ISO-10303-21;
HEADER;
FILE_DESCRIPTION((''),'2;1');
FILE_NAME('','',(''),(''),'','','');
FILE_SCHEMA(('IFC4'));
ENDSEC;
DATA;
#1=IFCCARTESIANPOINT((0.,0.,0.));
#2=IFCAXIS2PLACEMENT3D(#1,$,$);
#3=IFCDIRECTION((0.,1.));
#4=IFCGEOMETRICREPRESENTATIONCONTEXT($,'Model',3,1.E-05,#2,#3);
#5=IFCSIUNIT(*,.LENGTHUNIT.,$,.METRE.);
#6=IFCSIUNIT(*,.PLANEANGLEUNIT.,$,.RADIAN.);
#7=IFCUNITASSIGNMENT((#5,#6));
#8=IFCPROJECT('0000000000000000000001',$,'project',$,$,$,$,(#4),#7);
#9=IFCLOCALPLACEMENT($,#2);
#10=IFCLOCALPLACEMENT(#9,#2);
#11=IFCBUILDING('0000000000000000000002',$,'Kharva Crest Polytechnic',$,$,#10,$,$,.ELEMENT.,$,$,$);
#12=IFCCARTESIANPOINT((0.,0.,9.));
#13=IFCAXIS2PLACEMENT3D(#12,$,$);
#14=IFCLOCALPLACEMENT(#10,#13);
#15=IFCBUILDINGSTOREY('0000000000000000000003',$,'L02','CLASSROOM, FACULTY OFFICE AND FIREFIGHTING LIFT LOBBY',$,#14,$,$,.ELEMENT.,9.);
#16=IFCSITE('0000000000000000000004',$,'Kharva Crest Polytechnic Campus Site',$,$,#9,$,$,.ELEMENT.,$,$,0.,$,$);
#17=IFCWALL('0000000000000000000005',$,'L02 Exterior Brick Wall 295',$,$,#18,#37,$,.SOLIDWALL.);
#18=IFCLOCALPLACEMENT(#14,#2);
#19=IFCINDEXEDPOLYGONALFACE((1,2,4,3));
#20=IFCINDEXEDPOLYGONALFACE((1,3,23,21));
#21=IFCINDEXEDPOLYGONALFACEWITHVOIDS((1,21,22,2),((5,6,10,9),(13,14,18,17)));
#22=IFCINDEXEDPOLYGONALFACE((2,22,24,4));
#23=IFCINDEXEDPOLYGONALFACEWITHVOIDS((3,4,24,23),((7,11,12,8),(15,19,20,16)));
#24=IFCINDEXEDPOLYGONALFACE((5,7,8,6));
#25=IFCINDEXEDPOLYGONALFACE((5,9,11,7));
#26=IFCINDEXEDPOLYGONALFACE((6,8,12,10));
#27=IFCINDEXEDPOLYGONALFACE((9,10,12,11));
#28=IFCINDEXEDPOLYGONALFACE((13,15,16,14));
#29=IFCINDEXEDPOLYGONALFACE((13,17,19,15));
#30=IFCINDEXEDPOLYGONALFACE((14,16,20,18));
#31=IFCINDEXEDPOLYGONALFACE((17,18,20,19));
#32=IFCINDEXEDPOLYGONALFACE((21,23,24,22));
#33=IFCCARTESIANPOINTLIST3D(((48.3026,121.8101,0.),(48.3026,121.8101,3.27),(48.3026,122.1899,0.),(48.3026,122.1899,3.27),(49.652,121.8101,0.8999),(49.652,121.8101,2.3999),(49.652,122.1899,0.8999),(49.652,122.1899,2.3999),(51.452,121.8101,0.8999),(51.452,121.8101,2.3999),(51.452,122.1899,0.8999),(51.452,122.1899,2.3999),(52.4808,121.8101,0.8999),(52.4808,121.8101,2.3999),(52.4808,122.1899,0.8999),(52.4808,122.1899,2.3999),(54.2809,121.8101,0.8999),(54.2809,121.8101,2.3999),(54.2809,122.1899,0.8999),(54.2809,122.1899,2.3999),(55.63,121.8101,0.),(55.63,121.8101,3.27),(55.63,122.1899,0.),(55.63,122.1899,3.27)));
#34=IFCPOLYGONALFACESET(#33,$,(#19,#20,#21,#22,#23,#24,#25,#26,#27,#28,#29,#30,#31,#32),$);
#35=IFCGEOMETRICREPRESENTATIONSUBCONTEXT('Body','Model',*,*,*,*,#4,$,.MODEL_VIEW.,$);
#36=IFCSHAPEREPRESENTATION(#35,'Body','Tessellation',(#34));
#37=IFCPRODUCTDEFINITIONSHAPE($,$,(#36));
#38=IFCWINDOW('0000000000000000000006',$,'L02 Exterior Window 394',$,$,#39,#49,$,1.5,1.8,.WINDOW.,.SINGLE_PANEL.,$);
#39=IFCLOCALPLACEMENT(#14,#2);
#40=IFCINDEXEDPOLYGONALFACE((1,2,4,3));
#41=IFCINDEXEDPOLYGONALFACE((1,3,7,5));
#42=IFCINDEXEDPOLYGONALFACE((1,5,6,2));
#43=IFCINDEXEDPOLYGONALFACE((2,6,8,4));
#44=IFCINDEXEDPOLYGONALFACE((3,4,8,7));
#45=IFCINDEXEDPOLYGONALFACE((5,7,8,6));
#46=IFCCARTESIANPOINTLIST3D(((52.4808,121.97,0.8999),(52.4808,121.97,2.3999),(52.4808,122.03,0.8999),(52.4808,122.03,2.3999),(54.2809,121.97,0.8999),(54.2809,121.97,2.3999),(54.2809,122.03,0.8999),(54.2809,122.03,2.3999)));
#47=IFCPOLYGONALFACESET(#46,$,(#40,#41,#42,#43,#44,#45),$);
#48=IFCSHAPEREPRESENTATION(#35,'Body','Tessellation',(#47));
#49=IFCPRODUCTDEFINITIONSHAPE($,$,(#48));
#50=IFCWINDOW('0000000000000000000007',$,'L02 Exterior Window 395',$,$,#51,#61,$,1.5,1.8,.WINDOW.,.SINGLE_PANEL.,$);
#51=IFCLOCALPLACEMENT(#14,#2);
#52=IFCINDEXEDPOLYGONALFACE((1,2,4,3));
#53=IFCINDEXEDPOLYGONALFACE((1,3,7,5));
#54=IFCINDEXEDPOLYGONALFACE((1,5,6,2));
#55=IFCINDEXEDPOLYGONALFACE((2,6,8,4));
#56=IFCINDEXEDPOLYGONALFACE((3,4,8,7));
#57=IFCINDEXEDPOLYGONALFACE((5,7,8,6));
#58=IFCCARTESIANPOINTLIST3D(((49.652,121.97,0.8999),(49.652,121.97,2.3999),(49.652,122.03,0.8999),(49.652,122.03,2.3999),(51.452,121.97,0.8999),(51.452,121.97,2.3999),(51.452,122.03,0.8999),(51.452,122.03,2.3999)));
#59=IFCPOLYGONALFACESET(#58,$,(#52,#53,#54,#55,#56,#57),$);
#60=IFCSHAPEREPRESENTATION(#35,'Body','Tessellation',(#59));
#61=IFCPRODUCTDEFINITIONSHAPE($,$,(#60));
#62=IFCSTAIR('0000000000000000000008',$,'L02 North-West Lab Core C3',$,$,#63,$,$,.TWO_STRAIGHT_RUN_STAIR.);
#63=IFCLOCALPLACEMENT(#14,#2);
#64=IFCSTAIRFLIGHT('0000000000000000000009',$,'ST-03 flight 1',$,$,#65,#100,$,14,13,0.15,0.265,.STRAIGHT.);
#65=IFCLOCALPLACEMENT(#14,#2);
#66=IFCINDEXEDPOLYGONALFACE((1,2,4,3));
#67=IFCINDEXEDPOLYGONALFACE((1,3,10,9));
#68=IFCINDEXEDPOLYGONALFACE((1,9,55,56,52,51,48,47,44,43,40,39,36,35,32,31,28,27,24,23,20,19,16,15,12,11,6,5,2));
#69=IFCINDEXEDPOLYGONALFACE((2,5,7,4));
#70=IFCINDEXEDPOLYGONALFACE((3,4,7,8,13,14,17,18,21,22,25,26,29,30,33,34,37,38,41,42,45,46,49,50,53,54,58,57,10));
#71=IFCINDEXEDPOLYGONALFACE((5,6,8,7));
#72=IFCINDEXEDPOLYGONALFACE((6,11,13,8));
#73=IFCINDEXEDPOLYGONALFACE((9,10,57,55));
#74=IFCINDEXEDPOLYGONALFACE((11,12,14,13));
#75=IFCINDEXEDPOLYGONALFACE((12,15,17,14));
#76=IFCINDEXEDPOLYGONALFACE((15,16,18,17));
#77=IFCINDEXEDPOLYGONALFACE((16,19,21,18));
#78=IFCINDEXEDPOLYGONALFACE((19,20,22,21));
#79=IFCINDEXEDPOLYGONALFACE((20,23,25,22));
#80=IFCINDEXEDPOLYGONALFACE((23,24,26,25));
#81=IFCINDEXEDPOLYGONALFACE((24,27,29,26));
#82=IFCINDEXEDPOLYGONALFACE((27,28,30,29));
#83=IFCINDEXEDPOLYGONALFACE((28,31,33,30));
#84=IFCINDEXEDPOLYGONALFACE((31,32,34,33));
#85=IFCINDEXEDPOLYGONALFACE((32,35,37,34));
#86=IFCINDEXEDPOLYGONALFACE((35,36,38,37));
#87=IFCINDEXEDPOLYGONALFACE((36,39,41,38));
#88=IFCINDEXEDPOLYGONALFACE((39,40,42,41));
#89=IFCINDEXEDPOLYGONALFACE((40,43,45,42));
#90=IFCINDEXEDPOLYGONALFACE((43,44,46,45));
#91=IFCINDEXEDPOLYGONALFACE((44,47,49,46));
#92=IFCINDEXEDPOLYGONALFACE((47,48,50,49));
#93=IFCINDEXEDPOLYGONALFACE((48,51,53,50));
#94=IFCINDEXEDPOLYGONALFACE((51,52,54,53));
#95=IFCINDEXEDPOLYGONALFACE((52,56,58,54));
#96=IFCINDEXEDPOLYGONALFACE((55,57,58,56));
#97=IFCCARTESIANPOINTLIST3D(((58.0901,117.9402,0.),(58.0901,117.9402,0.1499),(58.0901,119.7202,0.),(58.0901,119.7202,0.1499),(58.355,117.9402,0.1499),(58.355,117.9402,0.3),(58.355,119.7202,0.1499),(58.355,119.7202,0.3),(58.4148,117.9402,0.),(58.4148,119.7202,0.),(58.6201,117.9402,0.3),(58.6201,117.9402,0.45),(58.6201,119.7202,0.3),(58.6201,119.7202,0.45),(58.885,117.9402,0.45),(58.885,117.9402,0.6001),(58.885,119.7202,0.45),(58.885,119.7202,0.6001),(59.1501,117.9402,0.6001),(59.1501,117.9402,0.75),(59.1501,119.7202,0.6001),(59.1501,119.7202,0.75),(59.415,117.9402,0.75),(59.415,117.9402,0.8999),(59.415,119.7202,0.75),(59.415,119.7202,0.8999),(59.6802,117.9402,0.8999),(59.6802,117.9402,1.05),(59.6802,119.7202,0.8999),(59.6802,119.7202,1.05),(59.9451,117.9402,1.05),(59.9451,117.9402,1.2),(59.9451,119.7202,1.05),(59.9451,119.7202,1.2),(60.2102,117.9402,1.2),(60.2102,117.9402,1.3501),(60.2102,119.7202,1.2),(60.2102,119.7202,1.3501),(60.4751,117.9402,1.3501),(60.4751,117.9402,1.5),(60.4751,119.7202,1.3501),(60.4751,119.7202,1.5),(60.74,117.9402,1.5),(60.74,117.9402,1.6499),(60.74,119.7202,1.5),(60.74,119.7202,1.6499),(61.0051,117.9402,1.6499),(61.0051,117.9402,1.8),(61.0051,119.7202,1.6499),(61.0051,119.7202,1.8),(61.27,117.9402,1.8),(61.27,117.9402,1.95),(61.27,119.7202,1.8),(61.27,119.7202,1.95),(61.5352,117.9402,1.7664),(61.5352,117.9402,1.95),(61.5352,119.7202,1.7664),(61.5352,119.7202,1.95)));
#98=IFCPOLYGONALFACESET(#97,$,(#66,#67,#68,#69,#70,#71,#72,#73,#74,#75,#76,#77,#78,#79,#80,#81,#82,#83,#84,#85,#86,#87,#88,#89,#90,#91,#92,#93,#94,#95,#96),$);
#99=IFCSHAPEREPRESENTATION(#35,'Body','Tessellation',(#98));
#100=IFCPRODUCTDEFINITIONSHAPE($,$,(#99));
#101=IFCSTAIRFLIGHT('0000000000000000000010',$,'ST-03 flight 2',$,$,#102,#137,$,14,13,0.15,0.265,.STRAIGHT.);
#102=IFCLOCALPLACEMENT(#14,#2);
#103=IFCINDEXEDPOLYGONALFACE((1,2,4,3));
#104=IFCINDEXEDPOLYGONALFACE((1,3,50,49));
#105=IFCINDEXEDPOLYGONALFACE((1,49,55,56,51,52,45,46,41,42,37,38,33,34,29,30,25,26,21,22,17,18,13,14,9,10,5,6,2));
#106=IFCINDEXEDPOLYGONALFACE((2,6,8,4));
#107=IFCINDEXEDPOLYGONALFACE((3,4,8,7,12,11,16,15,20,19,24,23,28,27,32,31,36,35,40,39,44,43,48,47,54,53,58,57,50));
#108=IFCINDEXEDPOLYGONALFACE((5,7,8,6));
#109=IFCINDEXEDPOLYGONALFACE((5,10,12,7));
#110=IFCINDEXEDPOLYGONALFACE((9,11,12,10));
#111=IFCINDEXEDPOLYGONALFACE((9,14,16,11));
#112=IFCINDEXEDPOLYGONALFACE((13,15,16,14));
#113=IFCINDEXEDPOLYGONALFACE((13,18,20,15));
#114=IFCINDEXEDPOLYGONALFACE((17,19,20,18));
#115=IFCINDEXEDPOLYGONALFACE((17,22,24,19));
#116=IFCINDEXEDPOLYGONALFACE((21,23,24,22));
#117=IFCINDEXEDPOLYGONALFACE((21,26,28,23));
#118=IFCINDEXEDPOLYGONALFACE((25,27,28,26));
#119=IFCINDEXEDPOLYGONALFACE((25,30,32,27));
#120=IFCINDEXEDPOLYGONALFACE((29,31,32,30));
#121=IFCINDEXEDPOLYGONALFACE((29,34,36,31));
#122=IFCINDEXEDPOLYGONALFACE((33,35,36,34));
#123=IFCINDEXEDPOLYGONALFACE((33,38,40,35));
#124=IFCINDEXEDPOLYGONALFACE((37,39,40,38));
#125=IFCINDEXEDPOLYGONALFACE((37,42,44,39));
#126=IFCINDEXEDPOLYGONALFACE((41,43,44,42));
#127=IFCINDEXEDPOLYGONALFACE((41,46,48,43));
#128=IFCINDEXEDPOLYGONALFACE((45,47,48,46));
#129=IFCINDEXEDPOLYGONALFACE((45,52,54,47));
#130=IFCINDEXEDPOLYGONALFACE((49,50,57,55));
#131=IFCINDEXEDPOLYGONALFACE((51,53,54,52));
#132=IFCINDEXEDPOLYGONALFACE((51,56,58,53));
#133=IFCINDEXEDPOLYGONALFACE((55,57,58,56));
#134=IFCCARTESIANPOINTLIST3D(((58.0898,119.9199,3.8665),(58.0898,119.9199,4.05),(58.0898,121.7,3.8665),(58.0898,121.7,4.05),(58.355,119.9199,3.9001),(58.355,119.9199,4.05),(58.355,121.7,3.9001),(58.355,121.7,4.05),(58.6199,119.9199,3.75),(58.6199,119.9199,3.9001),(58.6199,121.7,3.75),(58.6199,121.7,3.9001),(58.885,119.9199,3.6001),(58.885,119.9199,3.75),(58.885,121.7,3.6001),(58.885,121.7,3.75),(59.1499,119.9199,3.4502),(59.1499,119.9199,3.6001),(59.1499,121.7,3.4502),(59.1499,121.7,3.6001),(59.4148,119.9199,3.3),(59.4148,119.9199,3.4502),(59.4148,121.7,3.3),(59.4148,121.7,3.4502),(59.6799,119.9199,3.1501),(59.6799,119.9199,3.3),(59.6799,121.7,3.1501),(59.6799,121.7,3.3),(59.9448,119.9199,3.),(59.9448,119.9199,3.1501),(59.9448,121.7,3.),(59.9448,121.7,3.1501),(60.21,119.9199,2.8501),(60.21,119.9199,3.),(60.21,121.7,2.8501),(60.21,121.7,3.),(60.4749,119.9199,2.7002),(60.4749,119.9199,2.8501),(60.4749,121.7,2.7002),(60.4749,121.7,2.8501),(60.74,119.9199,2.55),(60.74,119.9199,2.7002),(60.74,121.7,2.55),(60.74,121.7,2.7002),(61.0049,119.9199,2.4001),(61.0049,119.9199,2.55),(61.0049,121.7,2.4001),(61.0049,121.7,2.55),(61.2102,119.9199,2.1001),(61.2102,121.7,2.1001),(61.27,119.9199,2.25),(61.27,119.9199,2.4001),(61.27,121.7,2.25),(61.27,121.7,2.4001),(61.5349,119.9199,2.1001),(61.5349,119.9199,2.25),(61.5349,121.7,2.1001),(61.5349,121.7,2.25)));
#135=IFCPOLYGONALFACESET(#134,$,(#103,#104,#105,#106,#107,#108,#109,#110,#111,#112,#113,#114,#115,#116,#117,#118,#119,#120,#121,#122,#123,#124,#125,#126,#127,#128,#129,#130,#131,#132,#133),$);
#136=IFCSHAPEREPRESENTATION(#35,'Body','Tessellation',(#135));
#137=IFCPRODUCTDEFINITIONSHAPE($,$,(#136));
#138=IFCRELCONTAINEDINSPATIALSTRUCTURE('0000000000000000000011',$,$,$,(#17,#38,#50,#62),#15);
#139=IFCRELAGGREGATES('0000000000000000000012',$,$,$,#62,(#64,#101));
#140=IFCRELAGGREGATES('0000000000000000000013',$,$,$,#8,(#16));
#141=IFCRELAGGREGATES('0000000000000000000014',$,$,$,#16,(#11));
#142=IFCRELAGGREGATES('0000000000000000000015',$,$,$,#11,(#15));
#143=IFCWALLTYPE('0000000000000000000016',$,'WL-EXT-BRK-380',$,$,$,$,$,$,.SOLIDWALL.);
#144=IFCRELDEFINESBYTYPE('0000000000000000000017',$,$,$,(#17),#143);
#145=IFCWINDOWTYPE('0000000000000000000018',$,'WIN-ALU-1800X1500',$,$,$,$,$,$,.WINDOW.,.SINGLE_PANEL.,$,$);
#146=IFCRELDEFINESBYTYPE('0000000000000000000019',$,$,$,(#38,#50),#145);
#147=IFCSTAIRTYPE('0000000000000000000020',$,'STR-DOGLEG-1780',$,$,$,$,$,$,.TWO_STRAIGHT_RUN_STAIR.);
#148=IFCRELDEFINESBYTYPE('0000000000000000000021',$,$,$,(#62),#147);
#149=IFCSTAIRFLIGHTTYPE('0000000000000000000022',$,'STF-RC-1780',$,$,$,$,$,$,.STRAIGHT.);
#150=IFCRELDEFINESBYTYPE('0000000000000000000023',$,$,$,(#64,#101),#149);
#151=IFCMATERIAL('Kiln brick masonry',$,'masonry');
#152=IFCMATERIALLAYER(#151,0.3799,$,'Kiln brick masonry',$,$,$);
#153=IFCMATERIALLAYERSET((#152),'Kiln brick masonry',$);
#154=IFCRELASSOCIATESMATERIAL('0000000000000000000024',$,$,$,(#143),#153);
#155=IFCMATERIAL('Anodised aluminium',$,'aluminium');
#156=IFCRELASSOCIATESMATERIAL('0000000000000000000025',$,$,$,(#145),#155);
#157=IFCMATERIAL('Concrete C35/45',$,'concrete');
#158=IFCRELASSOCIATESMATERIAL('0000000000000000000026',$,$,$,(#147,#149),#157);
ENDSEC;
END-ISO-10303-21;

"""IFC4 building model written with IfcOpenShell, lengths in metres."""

from ifc_helpers import new_model, si_unit, direction, frame, frame_2d, origin, place, context, subcontext, project, spatial, polyline, rectangle, outline, extrude, material, layer, layer_set, type_object, element, fill, aggregate, save


model = new_model("IFC4")

# Units and contexts
model_context = context("Model", 3, precision=1e-05, world=origin(), true_north=direction((0.0, 1.0)))
body_context = subcontext(model_context, "Body", "Model", "MODEL_VIEW")
ifc_project = project(units=[si_unit("LENGTHUNIT", "METRE"), si_unit("PLANEANGLEUNIT", "RADIAN")], contexts=[model_context])

# Site, building, storey
site_placement = place(None, origin())
site = spatial("IfcSite", under=ifc_project, at=site_placement, Name="Kharva Crest Polytechnic Campus Site", CompositionType="ELEMENT", RefElevation=0.0)
building_placement = place(site_placement, origin())
building = spatial("IfcBuilding", under=site, at=building_placement, Name="Kharva Crest Polytechnic", CompositionType="ELEMENT")
storey_placement = place(building_placement, frame((0.0, 0.0, 9.0)))
storey = spatial("IfcBuildingStorey", under=building, at=storey_placement, Name="L02", Description="CLASSROOM, FACULTY OFFICE AND FIREFIGHTING LIFT LOBBY", CompositionType="ELEMENT", Elevation=9.0)

# Shared definitions
ifc_material_1 = material(Name="Concrete C35/45", Category="concrete")

# Shared definitions
ifc_material_2 = material(Name="Kiln brick masonry", Category="masonry")

# Wall, openings, windows
ifc_layer_1 = layer(ifc_material_2, 0.3799, Name="Kiln brick masonry")
ifc_layer_set_1 = layer_set([ifc_layer_1], Name="Kiln brick masonry")
wall_type_1 = type_object("IfcWallType", Name="WL-EXT-BRK-380", PredefinedType="SOLIDWALL", material=ifc_layer_set_1)
wall_1_placement = place(storey_placement, frame((55.6299, 122.0, 0.0), z_axis=(0.0, 0.0, 1.0), x_axis=(-1.0, 0.0, 0.0)))
wall_1 = element("IfcWall", 1, at=wall_1_placement, inside=storey, type_object=wall_type_1, Name="L02 Exterior Brick Wall 295", PredefinedType="SOLIDWALL", context=body_context, shape_type="SweptSolid", body=[
    extrude(rectangle(XDim=7.3274, YDim=0.3799, at=frame_2d((3.6636, 0.0))), origin(), (0.0, 0.0, 1.0), 3.27),
])
opening_1_placement = place(wall_1_placement, frame((1.3491, 0.0, 0.8999)))
opening_1 = element("IfcOpeningElement", 2, at=opening_1_placement, cuts=wall_1, PredefinedType="OPENING", context=body_context, shape_type="SweptSolid", body=[
    extrude(rectangle(XDim=1.8, YDim=1.5, at=frame_2d((0.8999, 0.75))), frame((0.0, 0.2, 0.0), z_axis=(0.0, -1.0, 0.0), x_axis=(1.0, 0.0, 0.0)), (0.0, 0.0, 1.0), 0.3999),
])
opening_2_placement = place(wall_1_placement, frame((4.178, 0.0, 0.8999)))
opening_2 = element("IfcOpeningElement", 3, at=opening_2_placement, cuts=wall_1, PredefinedType="OPENING", context=body_context, shape_type="SweptSolid", body=[
    extrude(rectangle(XDim=1.8, YDim=1.5, at=frame_2d((0.8999, 0.75))), frame((0.0, 0.2, 0.0), z_axis=(0.0, -1.0, 0.0), x_axis=(1.0, 0.0, 0.0)), (0.0, 0.0, 1.0), 0.3999),
])
ifc_material_3 = material(Name="Anodised aluminium", Category="aluminium")
window_type = type_object("IfcWindowType", Name="WIN-ALU-1800X1500", PartitioningType="SINGLE_PANEL", PredefinedType="WINDOW", material=ifc_material_3)
window_1_placement = place(opening_1_placement, origin())
window_1 = element("IfcWindow", 4, at=window_1_placement, inside=storey, type_object=window_type, Name="L02 Exterior Window 394", OverallHeight=1.5, OverallWidth=1.8, PartitioningType="SINGLE_PANEL", PredefinedType="WINDOW", context=body_context, shape_type="SweptSolid", body=[
    extrude(rectangle(XDim=1.8, YDim=1.5, at=frame_2d((0.8999, 0.75))), frame((0.0, 0.03, 0.0), z_axis=(0.0, -1.0, 0.0), x_axis=(1.0, 0.0, 0.0)), (0.0, 0.0, 1.0), 0.0601),
])
fill(opening_1, window_1)
window_2_placement = place(opening_2_placement, origin())
window_2 = element("IfcWindow", 5, at=window_2_placement, inside=storey, type_object=window_type, Name="L02 Exterior Window 395", OverallHeight=1.5, OverallWidth=1.8, PartitioningType="SINGLE_PANEL", PredefinedType="WINDOW", context=body_context, shape_type="SweptSolid", body=[
    extrude(rectangle(XDim=1.8, YDim=1.5, at=frame_2d((0.8999, 0.75))), frame((0.0, 0.03, 0.0), z_axis=(0.0, -1.0, 0.0), x_axis=(1.0, 0.0, 0.0)), (0.0, 0.0, 1.0), 0.0601),
])
fill(opening_2, window_2)

# Stair, stair flights
stair_type = type_object("IfcStairType", Name="STR-DOGLEG-1780", PredefinedType="TWO_STRAIGHT_RUN_STAIR", material=ifc_material_1)
stair_placement = place(storey_placement, origin())
stair = element("IfcStair", 6, at=stair_placement, inside=storey, type_object=stair_type, Name="L02 North-West Lab Core C3", PredefinedType="TWO_STRAIGHT_RUN_STAIR")
stair_flight_type = type_object("IfcStairFlightType", Name="STF-RC-1780", PredefinedType="STRAIGHT", material=ifc_material_1)
stair_flight_1_placement = place(storey_placement, frame((58.0901, 118.8301, 0.0), z_axis=(0.0, 0.0, 1.0), x_axis=(1.0, 0.0, 0.0)))
stair_flight_1 = element("IfcStairFlight", 7, at=stair_flight_1_placement, type_object=stair_flight_type, Name="ST-03 flight 1", NumberOfRisers=14, NumberOfTreads=13, PredefinedType="STRAIGHT", RiserHeight=0.15, TreadLength=0.265, context=body_context, shape_type="SweptSolid", body=[
    extrude(outline(polyline([(0.0, 0.0), (0.0, 0.1499), (0.2649, 0.1499), (0.2649, 0.3), (0.53, 0.3), (0.53, 0.45), (0.7949, 0.45), (0.7949, 0.6001), (1.0601, 0.6001), (1.0601, 0.75), (1.325, 0.75), (1.325, 0.8999), (1.5901, 0.8999), (1.5901, 1.05), (1.855, 1.05), (1.855, 1.2), (2.1201, 1.2), (2.1201, 1.3501), (2.385, 1.3501), (2.385, 1.5), (2.6499, 1.5), (2.6499, 1.6499), (2.915, 1.6499), (2.915, 1.8), (3.1799, 1.8), (3.1799, 1.95), (3.4451, 1.95), (3.4451, 2.1001), (3.4451, 1.7664), (0.3247, 0.0), (0.0, 0.0)])), frame((0.0, 0.8901, 0.0), z_axis=(0.0, -1.0, 0.0), x_axis=(1.0, 0.0, 0.0)), (0.0, 0.0, 1.0), 1.78),
])
stair_flight_2_placement = place(storey_placement, frame((61.5349, 120.8101, 2.1001), z_axis=(0.0, 0.0, 1.0), x_axis=(-1.0, 0.0, 0.0)))
stair_flight_2 = element("IfcStairFlight", 8, at=stair_flight_2_placement, type_object=stair_flight_type, Name="ST-03 flight 2", NumberOfRisers=14, NumberOfTreads=13, PredefinedType="STRAIGHT", RiserHeight=0.15, TreadLength=0.265, context=body_context, shape_type="SweptSolid", body=[
    extrude(outline(polyline([(0.0, 0.0), (0.0, 0.1499), (0.2649, 0.1499), (0.2649, 0.3), (0.53, 0.3), (0.53, 0.45), (0.7949, 0.45), (0.7949, 0.6001), (1.0601, 0.6001), (1.0601, 0.75), (1.325, 0.75), (1.325, 0.8999), (1.5901, 0.8999), (1.5901, 1.05), (1.855, 1.05), (1.855, 1.2), (2.1201, 1.2), (2.1201, 1.3501), (2.385, 1.3501), (2.385, 1.5), (2.6499, 1.5), (2.6499, 1.6499), (2.915, 1.6499), (2.915, 1.8), (3.1799, 1.8), (3.1799, 1.95), (3.4451, 1.95), (3.4451, 2.1001), (3.4451, 1.7664), (0.3247, 0.0), (0.0, 0.0)])), frame((0.0, 0.8901, 0.0), z_axis=(0.0, -1.0, 0.0), x_axis=(1.0, 0.0, 0.0)), (0.0, 0.0, 1.0), 1.78),
])
aggregate(stair, [stair_flight_1, stair_flight_2])

save(model, "model.ifc")
